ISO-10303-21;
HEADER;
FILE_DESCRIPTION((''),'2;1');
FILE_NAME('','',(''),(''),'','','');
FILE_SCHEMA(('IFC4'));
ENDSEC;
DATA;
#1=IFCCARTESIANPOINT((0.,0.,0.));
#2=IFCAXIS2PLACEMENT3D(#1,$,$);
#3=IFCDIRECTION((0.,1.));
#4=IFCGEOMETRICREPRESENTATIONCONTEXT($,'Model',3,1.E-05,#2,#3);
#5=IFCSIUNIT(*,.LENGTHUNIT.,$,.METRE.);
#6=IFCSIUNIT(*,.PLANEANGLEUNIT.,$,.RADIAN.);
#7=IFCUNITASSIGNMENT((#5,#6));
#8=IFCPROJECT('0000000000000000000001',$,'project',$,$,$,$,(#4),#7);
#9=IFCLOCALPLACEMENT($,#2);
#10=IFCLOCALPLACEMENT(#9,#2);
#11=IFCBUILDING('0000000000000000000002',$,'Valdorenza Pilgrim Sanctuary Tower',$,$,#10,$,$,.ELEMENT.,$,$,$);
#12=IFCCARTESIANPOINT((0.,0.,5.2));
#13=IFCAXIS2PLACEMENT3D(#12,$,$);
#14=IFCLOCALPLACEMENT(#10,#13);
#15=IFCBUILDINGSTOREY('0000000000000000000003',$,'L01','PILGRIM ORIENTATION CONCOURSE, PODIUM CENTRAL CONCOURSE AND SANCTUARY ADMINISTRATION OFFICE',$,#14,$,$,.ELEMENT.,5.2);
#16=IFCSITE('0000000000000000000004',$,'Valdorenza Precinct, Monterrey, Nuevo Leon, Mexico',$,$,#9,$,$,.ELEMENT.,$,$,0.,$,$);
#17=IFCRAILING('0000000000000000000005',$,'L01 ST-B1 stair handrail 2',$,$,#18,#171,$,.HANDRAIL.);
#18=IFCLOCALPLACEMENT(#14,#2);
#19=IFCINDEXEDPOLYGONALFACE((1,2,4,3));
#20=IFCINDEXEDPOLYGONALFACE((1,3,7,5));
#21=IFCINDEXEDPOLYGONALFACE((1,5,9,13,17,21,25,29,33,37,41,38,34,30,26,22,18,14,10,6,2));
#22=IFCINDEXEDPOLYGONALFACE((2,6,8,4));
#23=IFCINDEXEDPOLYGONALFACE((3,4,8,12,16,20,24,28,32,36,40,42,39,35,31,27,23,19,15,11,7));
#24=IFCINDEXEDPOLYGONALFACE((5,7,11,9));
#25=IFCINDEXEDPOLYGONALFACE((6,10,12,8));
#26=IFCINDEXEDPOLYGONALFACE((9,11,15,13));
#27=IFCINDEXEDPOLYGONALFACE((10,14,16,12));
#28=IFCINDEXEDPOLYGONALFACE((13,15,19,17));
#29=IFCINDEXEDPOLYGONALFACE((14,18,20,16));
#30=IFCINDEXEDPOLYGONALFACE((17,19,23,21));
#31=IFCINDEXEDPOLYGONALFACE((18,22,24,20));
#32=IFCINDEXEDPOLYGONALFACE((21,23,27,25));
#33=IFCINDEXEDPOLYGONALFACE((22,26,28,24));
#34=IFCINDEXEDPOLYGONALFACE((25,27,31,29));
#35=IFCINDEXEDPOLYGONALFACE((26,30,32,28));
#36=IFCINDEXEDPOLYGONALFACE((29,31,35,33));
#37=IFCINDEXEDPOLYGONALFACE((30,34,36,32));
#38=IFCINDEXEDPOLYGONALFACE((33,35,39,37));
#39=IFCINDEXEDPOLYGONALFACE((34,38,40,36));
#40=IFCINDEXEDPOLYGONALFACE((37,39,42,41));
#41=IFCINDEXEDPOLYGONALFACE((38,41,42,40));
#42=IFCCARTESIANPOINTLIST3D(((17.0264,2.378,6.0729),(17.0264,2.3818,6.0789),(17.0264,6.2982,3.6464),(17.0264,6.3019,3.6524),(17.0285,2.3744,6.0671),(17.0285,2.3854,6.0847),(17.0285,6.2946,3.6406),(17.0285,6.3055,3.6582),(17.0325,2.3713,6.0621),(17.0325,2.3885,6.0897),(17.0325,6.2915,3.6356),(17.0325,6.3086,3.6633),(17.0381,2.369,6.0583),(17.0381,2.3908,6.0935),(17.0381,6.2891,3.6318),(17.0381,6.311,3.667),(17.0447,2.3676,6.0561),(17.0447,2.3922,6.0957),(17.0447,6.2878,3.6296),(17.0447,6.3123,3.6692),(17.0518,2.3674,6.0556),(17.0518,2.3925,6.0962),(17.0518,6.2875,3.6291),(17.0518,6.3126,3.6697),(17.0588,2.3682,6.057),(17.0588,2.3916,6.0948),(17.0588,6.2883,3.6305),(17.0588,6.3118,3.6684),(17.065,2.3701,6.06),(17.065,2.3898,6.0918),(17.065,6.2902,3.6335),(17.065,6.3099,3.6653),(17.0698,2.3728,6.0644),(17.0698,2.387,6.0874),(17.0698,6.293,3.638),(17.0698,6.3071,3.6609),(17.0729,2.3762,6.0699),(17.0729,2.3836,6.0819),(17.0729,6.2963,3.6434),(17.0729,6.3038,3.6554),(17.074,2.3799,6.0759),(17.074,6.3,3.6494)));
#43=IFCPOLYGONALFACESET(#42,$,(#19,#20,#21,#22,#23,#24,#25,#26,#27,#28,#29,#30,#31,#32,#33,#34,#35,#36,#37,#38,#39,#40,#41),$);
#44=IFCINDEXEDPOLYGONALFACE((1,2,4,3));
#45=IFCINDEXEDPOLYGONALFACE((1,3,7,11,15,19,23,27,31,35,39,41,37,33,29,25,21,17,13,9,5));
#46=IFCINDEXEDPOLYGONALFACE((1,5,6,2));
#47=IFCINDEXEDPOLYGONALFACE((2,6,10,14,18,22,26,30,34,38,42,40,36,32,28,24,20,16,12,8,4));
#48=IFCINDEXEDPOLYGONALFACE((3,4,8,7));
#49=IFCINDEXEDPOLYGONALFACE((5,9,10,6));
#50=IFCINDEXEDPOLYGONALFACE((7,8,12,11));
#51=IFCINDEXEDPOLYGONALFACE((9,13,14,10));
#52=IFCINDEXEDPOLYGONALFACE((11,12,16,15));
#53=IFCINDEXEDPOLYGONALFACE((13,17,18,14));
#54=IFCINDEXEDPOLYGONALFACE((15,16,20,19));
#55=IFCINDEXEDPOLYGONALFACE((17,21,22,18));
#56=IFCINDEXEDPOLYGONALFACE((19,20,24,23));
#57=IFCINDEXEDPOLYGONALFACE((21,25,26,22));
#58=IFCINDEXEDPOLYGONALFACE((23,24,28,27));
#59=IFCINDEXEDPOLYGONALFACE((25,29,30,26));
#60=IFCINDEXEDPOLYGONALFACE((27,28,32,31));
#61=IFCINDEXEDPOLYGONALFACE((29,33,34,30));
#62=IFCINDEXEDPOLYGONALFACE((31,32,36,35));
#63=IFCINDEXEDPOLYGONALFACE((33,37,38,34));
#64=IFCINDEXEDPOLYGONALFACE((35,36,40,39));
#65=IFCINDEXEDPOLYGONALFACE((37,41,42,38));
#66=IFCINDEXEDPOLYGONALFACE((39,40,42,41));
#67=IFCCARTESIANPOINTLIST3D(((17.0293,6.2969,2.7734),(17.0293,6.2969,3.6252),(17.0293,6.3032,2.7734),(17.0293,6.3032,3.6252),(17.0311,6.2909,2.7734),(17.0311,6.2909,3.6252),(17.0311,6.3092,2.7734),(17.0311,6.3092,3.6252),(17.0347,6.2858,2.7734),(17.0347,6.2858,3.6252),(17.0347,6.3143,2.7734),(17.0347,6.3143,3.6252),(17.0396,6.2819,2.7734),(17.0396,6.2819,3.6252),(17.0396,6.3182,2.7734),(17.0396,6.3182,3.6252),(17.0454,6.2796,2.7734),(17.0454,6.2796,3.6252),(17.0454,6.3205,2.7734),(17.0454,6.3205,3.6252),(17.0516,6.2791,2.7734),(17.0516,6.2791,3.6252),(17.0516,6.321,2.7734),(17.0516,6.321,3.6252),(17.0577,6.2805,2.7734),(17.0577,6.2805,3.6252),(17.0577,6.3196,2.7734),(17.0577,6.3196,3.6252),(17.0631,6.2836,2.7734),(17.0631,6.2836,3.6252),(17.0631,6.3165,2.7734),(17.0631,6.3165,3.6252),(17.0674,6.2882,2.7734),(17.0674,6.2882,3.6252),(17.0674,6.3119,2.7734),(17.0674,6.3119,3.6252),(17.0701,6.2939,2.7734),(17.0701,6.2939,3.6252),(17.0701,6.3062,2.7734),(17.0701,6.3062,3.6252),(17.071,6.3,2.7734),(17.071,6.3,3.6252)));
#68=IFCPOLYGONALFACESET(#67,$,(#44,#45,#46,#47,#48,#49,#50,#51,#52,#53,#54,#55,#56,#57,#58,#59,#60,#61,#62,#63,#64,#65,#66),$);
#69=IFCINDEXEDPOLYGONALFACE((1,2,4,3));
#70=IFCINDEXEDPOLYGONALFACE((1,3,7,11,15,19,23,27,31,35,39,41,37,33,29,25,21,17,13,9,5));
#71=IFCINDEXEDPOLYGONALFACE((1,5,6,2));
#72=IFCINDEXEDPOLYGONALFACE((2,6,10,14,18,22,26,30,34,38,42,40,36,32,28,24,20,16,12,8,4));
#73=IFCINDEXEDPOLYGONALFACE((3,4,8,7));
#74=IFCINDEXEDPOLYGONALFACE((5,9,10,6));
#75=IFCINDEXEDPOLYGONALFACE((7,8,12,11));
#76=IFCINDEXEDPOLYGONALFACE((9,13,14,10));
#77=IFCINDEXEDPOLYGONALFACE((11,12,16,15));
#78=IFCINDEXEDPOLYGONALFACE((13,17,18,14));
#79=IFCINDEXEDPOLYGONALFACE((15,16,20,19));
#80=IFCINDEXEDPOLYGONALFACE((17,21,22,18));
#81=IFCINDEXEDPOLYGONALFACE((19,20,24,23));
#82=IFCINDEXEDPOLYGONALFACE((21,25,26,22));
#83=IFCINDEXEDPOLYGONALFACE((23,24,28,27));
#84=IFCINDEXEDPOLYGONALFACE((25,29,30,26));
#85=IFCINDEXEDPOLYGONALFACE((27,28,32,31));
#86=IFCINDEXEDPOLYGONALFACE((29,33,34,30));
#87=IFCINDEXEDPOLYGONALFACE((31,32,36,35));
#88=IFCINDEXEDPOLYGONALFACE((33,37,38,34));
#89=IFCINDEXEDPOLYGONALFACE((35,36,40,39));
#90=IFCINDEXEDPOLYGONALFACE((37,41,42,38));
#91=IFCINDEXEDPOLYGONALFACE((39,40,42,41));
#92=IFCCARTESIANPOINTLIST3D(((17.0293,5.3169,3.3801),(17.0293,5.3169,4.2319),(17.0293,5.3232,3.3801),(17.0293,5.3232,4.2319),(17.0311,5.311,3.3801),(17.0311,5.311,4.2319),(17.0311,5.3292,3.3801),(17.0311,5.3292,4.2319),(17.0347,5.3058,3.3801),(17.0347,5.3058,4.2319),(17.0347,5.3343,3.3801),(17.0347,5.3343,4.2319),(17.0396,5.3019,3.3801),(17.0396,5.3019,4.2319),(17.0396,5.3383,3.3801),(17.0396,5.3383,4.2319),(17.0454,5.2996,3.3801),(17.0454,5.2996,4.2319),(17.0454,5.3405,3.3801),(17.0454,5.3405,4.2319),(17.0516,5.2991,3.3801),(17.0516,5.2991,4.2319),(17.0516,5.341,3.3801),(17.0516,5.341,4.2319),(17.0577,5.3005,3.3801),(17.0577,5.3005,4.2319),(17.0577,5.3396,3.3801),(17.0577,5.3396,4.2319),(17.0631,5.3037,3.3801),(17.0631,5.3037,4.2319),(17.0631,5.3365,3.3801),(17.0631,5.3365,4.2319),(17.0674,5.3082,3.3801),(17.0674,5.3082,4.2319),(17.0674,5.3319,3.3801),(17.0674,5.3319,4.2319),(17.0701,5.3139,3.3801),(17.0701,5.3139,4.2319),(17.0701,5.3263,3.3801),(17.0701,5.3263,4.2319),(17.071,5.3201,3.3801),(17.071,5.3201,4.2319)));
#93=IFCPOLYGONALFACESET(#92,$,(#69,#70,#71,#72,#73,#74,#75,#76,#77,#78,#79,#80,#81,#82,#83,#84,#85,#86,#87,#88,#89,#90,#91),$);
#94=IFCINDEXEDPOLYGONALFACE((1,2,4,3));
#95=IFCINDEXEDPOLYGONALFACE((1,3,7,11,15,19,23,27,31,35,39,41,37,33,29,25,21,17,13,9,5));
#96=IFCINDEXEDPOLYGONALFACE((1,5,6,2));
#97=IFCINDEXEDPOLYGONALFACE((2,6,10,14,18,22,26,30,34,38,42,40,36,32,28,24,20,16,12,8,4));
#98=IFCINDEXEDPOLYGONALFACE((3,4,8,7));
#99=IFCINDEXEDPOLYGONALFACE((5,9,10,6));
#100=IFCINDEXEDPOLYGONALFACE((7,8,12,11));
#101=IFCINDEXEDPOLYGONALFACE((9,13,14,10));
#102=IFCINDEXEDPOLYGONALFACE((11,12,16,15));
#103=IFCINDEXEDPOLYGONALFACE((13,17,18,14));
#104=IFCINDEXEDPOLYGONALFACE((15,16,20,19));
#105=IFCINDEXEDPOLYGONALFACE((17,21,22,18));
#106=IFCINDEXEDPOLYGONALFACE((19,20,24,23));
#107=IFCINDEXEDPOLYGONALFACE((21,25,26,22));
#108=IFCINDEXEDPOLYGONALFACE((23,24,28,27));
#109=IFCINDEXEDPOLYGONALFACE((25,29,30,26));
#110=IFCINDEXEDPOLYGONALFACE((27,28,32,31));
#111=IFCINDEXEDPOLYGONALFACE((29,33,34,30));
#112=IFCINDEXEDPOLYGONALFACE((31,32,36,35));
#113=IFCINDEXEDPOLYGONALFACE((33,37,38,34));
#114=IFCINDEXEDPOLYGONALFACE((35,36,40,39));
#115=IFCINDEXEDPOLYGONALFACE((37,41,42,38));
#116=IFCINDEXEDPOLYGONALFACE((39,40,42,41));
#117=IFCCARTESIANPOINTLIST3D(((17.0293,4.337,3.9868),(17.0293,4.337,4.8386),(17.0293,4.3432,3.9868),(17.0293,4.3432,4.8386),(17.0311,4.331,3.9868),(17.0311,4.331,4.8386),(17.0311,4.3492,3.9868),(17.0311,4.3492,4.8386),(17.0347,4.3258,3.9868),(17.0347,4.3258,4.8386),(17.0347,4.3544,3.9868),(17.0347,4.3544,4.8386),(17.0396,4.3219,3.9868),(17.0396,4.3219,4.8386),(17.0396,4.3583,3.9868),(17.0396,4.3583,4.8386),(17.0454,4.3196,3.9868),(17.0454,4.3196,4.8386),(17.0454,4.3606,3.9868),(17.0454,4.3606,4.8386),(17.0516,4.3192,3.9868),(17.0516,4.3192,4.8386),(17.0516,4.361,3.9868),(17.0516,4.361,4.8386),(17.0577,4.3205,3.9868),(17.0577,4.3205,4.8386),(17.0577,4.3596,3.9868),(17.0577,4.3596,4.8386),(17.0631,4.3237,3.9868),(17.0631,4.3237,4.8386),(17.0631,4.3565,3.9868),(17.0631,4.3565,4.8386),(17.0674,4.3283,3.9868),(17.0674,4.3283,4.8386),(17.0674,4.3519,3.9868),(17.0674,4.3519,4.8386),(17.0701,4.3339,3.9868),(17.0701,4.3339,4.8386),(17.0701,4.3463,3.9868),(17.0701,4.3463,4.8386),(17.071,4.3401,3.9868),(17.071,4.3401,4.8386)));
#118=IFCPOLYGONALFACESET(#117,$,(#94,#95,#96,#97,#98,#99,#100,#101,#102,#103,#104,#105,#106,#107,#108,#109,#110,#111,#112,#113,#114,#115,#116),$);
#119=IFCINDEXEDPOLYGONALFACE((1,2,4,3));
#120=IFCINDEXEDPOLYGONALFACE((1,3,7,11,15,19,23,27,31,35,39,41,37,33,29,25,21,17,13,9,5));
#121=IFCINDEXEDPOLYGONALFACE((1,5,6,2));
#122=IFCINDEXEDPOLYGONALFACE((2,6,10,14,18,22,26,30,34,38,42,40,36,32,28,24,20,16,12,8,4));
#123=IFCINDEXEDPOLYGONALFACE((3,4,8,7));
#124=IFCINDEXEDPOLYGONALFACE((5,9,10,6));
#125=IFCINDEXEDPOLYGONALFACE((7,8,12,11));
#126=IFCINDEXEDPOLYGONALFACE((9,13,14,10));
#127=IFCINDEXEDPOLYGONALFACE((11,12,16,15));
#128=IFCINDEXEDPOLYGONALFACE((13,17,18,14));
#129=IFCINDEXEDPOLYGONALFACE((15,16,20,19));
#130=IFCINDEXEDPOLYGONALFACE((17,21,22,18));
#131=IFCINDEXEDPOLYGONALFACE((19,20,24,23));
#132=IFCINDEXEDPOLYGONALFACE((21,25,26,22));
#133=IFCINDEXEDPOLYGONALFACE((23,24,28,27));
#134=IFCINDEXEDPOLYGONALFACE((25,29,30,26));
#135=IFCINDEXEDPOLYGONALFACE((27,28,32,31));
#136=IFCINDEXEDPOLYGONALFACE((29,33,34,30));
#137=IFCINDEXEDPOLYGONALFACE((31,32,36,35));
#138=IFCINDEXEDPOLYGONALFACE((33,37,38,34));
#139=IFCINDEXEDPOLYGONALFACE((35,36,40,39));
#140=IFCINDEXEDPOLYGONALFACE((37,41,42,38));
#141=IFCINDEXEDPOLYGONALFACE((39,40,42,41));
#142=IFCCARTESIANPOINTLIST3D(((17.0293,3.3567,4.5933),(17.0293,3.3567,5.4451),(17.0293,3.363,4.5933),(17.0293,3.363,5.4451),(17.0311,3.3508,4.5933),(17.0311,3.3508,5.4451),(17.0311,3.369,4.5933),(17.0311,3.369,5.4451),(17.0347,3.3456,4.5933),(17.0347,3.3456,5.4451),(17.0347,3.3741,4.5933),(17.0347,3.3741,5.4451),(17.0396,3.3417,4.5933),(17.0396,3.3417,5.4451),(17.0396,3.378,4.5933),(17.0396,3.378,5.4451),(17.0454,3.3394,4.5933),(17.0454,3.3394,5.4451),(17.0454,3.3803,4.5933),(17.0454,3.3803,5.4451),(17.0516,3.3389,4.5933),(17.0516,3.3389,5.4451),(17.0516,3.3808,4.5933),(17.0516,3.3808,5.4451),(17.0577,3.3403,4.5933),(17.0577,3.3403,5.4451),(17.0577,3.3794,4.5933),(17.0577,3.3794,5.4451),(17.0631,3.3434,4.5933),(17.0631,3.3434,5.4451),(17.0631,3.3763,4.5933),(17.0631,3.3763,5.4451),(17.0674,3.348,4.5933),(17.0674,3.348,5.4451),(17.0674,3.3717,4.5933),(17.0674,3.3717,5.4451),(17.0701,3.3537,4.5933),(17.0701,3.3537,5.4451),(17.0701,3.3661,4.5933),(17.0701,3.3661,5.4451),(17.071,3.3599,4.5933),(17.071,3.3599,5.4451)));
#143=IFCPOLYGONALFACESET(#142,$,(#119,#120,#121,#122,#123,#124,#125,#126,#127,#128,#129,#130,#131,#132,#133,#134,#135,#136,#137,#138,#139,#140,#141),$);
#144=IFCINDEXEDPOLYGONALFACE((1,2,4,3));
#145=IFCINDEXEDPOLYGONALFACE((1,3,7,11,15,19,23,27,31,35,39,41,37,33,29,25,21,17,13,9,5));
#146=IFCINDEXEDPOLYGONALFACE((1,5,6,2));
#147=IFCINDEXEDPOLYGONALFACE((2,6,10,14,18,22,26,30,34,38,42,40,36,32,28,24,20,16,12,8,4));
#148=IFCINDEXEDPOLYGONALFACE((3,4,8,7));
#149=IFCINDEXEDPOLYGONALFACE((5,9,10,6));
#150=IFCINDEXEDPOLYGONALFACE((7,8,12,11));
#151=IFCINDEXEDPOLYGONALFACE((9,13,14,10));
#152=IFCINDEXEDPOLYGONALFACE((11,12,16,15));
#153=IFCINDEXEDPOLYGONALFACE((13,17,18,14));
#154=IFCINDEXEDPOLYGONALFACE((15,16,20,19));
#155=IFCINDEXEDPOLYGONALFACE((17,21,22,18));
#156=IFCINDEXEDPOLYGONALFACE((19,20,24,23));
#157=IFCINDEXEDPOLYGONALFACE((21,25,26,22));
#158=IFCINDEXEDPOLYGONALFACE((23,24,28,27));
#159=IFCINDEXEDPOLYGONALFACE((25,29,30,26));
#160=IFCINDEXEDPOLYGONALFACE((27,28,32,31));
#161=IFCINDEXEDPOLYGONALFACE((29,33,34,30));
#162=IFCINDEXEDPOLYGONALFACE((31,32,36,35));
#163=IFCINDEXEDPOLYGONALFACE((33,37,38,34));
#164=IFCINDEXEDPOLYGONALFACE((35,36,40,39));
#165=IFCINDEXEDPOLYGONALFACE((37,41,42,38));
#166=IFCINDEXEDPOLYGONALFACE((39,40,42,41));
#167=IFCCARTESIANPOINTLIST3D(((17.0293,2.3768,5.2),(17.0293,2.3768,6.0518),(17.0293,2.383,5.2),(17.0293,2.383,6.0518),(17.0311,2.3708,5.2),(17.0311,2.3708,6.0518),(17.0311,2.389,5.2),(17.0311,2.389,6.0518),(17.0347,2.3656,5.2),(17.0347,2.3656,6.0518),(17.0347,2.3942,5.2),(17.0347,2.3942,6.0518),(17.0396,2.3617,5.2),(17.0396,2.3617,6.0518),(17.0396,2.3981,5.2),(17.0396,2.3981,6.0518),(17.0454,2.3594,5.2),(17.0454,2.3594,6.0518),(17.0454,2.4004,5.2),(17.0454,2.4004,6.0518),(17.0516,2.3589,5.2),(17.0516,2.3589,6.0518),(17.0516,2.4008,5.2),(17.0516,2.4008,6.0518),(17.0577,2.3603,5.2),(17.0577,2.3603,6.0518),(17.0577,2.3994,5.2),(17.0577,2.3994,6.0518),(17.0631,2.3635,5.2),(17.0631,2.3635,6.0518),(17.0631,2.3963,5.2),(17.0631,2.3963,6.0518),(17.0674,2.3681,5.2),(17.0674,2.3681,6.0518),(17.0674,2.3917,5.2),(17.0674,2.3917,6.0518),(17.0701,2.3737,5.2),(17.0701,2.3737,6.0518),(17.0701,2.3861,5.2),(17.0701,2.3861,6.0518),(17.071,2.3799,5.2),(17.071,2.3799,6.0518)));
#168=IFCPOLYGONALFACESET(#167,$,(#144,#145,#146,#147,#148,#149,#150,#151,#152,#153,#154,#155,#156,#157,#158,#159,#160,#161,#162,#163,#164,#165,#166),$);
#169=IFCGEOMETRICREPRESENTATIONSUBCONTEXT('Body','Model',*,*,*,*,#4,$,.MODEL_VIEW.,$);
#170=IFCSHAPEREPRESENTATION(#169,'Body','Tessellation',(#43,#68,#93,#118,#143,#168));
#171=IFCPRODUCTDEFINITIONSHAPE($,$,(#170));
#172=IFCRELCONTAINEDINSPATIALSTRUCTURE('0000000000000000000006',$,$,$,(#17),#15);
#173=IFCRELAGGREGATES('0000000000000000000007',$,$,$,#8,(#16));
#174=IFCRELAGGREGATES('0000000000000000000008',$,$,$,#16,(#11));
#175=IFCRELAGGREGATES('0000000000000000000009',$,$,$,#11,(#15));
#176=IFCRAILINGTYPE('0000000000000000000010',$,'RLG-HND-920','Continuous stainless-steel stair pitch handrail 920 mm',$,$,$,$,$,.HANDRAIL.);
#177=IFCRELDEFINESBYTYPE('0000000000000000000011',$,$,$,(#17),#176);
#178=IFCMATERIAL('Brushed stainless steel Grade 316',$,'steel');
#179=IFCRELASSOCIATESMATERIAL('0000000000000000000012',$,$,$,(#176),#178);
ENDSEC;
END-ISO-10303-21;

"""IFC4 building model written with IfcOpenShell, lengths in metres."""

from ifc_helpers import new_model, si_unit, direction, frame, origin, origin_2d, place, context, subcontext, project, spatial, circle, extrude, material, type_object, element, save


model = new_model("IFC4")

# Units and contexts
model_context = context("Model", 3, precision=1e-05, world=origin(), true_north=direction((0.0, 1.0)))
body_context = subcontext(model_context, "Body", "Model", "MODEL_VIEW")
ifc_project = project(units=[si_unit("LENGTHUNIT", "METRE"), si_unit("PLANEANGLEUNIT", "RADIAN")], contexts=[model_context])

# Site, building, storey
site_placement = place(None, origin())
site = spatial("IfcSite", under=ifc_project, at=site_placement, Name="Valdorenza Precinct, Monterrey, Nuevo Leon, Mexico", CompositionType="ELEMENT", RefElevation=0.0)
building_placement = place(site_placement, origin())
building = spatial("IfcBuilding", under=site, at=building_placement, Name="Valdorenza Pilgrim Sanctuary Tower", CompositionType="ELEMENT")
storey_placement = place(building_placement, frame((0.0, 0.0, 5.2)))
storey = spatial("IfcBuildingStorey", under=building, at=storey_placement, Name="L01", Description="PILGRIM ORIENTATION CONCOURSE, PODIUM CENTRAL CONCOURSE AND SANCTUARY ADMINISTRATION OFFICE", CompositionType="ELEMENT", Elevation=5.2)

# Railing
ifc_material_1 = material(Name="Brushed stainless steel Grade 316", Category="steel")
railing_type = type_object("IfcRailingType", Name="RLG-HND-920", Description="Continuous stainless-steel stair pitch handrail 920 mm", PredefinedType="HANDRAIL", material=ifc_material_1)
railing_placement = place(storey_placement, frame((17.05, 6.3, 2.7734)))
element("IfcRailing", 1, at=railing_placement, inside=storey, type_object=railing_type, Name="L01 ST-B1 stair handrail 2", PredefinedType="HANDRAIL", context=body_context, shape_type="SweptSolid", body=[
    extrude(circle(Radius=0.0239, at=origin_2d()), frame((0.0, 0.0, 0.876), z_axis=(0.0, -0.85029, 0.526315), x_axis=(1.0, 0.0, 0.0)), (0.0, 0.0, 1.0), 4.6104),
    extrude(circle(Radius=0.021, at=origin_2d()), origin(), (0.0, 0.0, 1.0), 0.8518),
    extrude(circle(Radius=0.021, at=origin_2d()), frame((0.0, -0.98, 0.6067)), (0.0, 0.0, 1.0), 0.8518),
    extrude(circle(Radius=0.021, at=origin_2d()), frame((0.0, -1.96, 1.2134)), (0.0, 0.0, 1.0), 0.8518),
    extrude(circle(Radius=0.021, at=origin_2d()), frame((0.0, -2.9402, 1.8198)), (0.0, 0.0, 1.0), 0.8518),
    extrude(circle(Radius=0.021, at=origin_2d()), frame((0.0, -3.9202, 2.4265)), (0.0, 0.0, 1.0), 0.8518),
])

save(model, "model.ifc")
